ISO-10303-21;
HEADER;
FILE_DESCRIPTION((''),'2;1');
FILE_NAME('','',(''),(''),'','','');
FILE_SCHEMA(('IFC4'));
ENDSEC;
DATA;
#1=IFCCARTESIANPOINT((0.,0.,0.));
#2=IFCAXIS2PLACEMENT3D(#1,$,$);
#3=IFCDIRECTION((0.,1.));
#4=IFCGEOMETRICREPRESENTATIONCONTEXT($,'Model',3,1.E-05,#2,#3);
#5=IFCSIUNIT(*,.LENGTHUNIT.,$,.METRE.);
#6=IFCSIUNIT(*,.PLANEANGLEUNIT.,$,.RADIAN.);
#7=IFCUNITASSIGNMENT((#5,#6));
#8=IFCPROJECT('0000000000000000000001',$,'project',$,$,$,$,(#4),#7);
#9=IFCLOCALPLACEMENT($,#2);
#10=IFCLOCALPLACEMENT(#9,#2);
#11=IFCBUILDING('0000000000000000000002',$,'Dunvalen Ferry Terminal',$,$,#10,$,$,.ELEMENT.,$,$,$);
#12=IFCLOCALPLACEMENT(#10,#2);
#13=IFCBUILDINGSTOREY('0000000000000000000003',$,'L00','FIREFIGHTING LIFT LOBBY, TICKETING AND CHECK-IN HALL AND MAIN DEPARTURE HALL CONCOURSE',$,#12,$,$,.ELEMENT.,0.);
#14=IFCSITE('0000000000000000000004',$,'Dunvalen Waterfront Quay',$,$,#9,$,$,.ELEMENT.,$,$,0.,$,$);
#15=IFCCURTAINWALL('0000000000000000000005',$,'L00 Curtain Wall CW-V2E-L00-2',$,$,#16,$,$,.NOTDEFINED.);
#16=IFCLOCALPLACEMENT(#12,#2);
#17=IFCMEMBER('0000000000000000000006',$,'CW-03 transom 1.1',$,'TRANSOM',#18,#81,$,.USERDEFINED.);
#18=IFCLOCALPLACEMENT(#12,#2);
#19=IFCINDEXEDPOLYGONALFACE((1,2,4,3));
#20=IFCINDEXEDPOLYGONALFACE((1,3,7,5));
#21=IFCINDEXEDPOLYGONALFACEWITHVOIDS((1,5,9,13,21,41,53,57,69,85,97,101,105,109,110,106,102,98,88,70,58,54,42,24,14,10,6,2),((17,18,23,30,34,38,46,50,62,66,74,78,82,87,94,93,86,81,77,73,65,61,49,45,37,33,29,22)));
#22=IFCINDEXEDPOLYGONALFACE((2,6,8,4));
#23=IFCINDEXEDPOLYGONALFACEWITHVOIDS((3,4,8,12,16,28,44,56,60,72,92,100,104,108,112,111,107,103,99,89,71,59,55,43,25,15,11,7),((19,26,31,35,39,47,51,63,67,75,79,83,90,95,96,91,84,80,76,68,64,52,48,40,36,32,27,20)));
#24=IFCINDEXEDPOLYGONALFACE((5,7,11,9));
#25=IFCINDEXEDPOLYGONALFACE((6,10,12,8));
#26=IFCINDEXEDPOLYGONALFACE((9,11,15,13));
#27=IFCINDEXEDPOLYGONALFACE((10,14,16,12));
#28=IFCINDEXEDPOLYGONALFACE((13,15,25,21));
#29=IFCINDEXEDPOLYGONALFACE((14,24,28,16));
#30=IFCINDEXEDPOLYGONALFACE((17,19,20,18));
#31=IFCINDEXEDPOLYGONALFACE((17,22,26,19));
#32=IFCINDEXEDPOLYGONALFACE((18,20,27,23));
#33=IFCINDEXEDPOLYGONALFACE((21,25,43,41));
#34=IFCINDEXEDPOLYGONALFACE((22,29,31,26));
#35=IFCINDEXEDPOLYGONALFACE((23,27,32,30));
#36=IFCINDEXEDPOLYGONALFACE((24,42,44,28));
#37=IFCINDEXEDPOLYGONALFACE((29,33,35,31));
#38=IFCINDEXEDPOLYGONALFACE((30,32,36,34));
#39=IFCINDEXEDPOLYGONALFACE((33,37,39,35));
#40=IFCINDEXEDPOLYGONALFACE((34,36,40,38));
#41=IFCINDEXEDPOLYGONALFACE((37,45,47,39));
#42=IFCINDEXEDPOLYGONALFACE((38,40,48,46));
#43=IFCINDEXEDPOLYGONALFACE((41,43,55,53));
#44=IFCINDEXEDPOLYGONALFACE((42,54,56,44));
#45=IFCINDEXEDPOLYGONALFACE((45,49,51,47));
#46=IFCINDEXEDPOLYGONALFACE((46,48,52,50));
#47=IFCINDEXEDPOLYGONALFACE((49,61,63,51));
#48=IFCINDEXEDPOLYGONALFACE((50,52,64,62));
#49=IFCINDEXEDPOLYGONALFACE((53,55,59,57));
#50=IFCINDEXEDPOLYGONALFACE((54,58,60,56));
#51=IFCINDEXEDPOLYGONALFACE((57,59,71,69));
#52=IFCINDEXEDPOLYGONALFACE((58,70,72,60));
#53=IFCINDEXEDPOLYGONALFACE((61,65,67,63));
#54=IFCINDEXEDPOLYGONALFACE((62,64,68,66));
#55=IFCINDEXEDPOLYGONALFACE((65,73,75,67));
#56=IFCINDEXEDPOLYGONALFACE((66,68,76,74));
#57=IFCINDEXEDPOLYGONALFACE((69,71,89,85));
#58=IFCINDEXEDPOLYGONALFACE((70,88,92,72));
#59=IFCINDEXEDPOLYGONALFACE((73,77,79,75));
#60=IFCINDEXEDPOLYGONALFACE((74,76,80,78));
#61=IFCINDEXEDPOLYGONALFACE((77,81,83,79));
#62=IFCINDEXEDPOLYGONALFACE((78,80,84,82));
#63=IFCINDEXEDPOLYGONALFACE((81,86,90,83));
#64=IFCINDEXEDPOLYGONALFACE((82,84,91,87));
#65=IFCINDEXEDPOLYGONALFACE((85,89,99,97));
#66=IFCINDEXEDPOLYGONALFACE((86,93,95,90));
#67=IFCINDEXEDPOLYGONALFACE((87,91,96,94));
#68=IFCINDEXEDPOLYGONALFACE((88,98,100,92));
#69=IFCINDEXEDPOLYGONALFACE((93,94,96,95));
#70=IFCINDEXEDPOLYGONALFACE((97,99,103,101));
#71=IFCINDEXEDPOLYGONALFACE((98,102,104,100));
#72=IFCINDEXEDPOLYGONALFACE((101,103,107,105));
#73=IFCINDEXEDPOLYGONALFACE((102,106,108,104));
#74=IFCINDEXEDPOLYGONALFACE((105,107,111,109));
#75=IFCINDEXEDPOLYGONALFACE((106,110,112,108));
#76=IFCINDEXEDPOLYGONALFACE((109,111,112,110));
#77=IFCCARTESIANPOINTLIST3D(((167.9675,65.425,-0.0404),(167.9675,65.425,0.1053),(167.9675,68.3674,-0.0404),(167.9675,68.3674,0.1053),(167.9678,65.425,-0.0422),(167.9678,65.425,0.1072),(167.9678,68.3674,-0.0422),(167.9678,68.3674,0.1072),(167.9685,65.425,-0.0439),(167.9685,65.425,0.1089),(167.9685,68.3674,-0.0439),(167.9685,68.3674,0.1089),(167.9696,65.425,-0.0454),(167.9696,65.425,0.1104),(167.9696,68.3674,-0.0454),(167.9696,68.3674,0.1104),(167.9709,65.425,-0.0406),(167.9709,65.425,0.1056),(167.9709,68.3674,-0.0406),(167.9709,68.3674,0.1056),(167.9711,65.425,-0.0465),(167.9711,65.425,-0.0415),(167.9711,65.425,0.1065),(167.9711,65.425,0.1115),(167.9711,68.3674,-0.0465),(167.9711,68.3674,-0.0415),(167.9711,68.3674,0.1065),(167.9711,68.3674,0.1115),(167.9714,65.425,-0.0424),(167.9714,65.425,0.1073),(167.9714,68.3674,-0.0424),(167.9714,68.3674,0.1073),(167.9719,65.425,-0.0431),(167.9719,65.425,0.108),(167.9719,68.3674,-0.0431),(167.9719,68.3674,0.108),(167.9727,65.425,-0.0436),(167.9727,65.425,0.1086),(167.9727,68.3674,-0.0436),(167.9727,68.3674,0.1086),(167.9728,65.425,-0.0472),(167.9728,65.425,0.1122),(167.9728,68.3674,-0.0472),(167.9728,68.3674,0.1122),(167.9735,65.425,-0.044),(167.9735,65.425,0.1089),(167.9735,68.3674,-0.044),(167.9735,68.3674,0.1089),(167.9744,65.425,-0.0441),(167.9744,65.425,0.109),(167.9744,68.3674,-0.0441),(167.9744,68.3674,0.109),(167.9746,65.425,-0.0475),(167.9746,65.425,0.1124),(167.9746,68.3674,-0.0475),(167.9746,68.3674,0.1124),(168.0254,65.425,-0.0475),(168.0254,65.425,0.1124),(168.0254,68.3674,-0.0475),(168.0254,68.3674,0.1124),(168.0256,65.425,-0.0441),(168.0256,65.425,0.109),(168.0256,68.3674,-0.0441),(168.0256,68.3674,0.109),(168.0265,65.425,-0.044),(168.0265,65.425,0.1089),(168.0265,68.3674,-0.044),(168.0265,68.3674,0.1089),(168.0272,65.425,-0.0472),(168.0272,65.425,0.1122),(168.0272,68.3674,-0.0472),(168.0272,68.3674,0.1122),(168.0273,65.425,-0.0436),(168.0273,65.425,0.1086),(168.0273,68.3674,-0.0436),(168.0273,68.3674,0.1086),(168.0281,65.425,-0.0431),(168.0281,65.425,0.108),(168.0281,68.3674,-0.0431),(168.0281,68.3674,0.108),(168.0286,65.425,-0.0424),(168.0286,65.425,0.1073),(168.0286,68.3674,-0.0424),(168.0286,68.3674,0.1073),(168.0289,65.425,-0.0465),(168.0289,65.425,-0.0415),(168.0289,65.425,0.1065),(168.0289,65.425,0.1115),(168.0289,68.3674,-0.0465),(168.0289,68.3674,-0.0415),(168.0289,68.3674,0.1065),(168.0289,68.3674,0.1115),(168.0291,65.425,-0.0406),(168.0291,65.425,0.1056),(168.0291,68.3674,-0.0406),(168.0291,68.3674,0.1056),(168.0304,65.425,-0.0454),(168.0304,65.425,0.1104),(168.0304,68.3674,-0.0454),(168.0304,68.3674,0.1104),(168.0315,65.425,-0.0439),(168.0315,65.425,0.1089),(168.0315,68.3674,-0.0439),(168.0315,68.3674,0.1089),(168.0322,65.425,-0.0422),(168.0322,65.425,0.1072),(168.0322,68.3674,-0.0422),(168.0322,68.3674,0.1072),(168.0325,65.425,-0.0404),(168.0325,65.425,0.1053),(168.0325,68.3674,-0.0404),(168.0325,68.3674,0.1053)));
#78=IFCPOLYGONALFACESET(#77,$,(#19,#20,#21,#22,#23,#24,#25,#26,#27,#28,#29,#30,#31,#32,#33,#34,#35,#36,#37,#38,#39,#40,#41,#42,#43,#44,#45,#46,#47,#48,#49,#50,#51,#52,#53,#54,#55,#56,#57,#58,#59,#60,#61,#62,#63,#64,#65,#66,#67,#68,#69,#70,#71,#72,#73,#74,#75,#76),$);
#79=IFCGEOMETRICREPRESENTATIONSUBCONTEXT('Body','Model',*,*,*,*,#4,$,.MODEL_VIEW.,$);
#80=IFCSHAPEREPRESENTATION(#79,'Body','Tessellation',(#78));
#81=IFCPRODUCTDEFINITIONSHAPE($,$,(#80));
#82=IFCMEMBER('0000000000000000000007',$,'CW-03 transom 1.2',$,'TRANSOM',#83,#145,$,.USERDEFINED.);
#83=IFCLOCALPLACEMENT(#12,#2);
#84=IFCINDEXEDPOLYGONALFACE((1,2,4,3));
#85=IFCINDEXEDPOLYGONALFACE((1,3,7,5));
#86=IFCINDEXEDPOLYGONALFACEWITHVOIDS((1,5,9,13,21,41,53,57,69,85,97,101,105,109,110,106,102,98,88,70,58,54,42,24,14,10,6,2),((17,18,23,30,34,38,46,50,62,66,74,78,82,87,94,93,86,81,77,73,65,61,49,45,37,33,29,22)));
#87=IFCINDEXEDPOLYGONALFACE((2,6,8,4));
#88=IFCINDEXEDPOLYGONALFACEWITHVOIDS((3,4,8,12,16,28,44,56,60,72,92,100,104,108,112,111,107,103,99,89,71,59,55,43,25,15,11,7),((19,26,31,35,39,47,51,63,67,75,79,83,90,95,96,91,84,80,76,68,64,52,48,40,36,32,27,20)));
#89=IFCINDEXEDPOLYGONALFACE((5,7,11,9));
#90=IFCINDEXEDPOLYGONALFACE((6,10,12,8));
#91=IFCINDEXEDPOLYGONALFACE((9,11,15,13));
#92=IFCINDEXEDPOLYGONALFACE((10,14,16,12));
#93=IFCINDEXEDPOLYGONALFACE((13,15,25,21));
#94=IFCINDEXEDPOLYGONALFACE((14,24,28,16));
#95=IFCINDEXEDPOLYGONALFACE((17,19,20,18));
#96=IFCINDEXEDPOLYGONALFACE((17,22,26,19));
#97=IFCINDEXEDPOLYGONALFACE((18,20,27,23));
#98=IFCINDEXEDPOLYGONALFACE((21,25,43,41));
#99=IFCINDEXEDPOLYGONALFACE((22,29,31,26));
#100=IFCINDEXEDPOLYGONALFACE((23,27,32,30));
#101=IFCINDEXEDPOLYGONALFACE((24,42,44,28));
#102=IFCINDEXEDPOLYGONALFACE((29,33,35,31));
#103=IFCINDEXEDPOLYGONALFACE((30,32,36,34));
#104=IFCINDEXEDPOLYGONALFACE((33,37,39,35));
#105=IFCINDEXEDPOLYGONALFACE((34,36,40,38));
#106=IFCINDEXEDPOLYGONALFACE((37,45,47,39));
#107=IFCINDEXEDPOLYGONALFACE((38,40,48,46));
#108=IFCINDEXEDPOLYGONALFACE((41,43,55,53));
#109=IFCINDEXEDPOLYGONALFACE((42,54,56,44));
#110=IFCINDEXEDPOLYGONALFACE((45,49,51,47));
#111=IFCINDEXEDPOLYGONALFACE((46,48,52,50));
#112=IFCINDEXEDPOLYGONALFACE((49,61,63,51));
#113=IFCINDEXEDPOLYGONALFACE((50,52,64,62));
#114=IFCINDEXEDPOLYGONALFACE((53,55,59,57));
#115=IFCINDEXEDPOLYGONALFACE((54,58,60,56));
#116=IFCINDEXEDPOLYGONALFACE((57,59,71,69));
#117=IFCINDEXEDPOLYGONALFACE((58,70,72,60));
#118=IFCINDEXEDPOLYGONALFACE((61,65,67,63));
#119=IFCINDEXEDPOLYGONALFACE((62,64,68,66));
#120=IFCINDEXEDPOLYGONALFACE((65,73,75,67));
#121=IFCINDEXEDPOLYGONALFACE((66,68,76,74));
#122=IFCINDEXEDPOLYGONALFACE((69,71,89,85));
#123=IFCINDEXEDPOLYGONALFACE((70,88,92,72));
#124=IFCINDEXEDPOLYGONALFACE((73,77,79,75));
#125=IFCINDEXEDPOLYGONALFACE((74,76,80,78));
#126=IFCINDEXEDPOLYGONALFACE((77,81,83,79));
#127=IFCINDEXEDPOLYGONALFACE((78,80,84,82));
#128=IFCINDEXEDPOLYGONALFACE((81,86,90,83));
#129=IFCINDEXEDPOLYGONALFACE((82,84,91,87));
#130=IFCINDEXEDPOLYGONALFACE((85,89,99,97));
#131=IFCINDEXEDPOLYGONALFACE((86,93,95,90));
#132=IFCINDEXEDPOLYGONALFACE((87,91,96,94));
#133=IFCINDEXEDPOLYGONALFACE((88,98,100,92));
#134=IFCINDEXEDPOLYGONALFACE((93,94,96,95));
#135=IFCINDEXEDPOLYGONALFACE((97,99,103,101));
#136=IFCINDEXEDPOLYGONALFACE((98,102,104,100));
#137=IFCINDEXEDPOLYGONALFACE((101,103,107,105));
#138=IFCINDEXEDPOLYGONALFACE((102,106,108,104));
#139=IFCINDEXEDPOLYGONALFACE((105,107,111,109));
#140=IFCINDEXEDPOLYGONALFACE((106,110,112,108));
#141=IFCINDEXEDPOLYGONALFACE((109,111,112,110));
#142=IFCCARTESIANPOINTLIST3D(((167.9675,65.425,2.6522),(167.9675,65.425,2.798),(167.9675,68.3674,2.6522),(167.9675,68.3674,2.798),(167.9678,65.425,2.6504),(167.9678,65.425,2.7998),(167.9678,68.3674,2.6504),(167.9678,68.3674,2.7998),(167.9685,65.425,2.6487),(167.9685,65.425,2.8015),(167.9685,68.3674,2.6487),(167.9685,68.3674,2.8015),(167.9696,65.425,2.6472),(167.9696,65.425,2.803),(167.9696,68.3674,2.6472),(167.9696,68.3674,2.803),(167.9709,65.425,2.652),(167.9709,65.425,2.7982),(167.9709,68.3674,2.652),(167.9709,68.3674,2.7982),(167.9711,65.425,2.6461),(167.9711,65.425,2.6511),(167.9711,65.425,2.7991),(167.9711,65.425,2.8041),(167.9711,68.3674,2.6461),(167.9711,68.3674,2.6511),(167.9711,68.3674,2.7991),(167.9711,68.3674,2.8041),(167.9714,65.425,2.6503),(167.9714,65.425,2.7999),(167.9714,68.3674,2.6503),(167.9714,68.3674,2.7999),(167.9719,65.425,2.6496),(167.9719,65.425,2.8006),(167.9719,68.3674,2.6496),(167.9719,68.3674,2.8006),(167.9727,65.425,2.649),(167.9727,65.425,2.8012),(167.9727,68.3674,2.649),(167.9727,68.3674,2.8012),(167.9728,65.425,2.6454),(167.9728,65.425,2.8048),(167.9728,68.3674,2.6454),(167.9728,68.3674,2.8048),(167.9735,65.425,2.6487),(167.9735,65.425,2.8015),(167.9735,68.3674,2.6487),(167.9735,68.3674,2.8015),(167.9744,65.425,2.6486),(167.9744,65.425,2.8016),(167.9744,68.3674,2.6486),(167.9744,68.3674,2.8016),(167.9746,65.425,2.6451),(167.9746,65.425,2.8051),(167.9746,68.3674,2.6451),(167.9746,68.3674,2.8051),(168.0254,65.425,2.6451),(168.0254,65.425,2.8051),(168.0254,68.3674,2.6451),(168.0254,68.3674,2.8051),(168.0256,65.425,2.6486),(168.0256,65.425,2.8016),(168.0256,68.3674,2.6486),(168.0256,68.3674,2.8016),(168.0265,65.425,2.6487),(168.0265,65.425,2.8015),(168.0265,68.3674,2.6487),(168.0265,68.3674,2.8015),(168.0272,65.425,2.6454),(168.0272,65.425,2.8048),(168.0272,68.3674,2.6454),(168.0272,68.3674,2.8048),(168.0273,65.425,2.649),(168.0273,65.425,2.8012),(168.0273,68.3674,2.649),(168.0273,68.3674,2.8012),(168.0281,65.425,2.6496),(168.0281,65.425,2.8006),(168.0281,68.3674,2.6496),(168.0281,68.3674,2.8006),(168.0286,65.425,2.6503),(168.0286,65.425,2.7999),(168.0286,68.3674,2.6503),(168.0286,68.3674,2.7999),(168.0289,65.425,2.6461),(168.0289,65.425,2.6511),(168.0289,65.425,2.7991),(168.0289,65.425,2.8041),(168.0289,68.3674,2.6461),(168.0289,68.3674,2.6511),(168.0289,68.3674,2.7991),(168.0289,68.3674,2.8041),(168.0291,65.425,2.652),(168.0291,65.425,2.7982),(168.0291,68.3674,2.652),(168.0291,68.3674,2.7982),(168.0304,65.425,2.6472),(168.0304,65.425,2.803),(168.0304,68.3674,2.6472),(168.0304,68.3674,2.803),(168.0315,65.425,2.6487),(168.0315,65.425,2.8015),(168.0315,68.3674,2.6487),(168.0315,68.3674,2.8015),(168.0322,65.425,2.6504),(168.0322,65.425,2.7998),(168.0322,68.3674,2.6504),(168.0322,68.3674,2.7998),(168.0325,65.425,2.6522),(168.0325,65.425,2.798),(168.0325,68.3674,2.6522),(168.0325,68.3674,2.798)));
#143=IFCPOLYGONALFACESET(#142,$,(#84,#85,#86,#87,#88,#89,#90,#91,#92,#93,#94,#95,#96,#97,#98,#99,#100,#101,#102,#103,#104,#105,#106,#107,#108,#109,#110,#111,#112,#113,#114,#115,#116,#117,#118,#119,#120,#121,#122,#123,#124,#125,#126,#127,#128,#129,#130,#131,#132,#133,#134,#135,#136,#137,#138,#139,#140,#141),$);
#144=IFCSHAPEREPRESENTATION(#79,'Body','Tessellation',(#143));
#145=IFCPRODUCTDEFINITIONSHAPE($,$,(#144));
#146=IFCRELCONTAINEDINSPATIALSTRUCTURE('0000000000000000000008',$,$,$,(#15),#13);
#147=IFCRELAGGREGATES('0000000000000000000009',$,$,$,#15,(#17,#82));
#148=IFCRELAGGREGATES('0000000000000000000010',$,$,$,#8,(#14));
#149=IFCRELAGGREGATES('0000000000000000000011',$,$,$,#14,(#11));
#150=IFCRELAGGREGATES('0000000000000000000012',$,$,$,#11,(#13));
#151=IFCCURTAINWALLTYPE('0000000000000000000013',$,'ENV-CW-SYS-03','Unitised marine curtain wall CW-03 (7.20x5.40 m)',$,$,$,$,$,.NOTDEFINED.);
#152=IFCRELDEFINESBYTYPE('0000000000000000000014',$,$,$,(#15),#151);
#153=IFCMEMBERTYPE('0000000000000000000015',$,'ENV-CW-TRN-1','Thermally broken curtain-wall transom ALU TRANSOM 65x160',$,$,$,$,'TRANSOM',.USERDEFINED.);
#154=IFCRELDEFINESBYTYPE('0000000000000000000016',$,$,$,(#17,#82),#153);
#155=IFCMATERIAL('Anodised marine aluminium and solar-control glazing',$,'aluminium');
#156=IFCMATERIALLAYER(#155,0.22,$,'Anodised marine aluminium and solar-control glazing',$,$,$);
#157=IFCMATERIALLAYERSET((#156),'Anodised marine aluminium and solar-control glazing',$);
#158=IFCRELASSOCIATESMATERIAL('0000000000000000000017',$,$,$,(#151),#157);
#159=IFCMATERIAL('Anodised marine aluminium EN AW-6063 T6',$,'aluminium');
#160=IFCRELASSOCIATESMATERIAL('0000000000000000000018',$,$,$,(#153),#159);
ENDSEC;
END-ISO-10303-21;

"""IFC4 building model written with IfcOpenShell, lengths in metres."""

from ifc_helpers import new_model, si_unit, direction, frame, origin, origin_2d, place, context, subcontext, project, spatial, hollow_rectangle, extrude, material, layer, layer_set, material_profile, profile_set, type_object, element, aggregate, save


model = new_model("IFC4")

# Units and contexts
model_context = context("Model", 3, precision=1e-05, world=origin(), true_north=direction((0.0, 1.0)))
body_context = subcontext(model_context, "Body", "Model", "MODEL_VIEW")
ifc_project = project(units=[si_unit("LENGTHUNIT", "METRE"), si_unit("PLANEANGLEUNIT", "RADIAN")], contexts=[model_context])

# Site, building, storey
site_placement = place(None, origin())
site = spatial("IfcSite", under=ifc_project, at=site_placement, Name="Dunvalen Waterfront Quay", CompositionType="ELEMENT", RefElevation=0.0)
building_placement = place(site_placement, origin())
building = spatial("IfcBuilding", under=site, at=building_placement, Name="Dunvalen Ferry Terminal", CompositionType="ELEMENT")
storey_placement = place(building_placement, origin())
storey = spatial("IfcBuildingStorey", under=building, at=storey_placement, Name="L00", Description="FIREFIGHTING LIFT LOBBY, TICKETING AND CHECK-IN HALL AND MAIN DEPARTURE HALL CONCOURSE", CompositionType="ELEMENT", Elevation=0.0)

# Curtain wall
ifc_material_1 = material(Name="Anodised marine aluminium and solar-control glazing", Category="aluminium")
ifc_layer_1 = layer(ifc_material_1, 0.22, Name="Anodised marine aluminium and solar-control glazing")
ifc_layer_set_1 = layer_set([ifc_layer_1], Name="Anodised marine aluminium and solar-control glazing")
curtain_wall_type = type_object("IfcCurtainWallType", Name="ENV-CW-SYS-03", Description="Unitised marine curtain wall CW-03 (7.20x5.40 m)", PredefinedType="NOTDEFINED", material=ifc_layer_set_1)
curtain_wall_1_placement = place(storey_placement, origin())
curtain_wall_1 = element("IfcCurtainWall", 1, at=curtain_wall_1_placement, inside=storey, type_object=curtain_wall_type, Name="L00 Curtain Wall CW-V2E-L00-2", PredefinedType="NOTDEFINED")
ifc_material_2 = material(Name="Anodised marine aluminium EN AW-6063 T6", Category="aluminium")

# Members
ifc_material_profile_1 = material_profile(ifc_material_2, hollow_rectangle(XDim=0.0649, YDim=0.1599, WallThickness=0.0034, InnerFilletRadius=0.0034, OuterFilletRadius=0.0071, at=origin_2d()), Name="Anodised marine aluminium EN AW-6063 T6")
ifc_profile_set_1 = profile_set([ifc_material_profile_1], Name="Anodised marine aluminium EN AW-6063 T6")
member_type_1 = type_object("IfcMemberType", Name="ENV-CW-TRN-1", Description="Thermally broken curtain-wall transom ALU TRANSOM 65x160", ElementType="TRANSOM", PredefinedType="USERDEFINED", material=ifc_profile_set_1)
member_1_placement = place(storey_placement, frame((168.0, 65.425, 0.0325), z_axis=(0.0, 1.0, 0.0), x_axis=(-1.0, 0.0, 0.0)))
member_1 = element("IfcMember", 2, at=member_1_placement, type_object=member_type_1, Name="CW-03 transom 1.1", ObjectType="TRANSOM", PredefinedType="USERDEFINED", context=body_context, shape_type="SweptSolid", body=[
    extrude(hollow_rectangle(XDim=0.0649, YDim=0.1599, WallThickness=0.0034, InnerFilletRadius=0.0034, OuterFilletRadius=0.0071, at=origin_2d()), origin(), (0.0, 0.0, 1.0), 2.9424),
])
member_2_placement = place(storey_placement, frame((168.0, 65.425, 2.7251), z_axis=(0.0, 1.0, 0.0), x_axis=(-1.0, 0.0, 0.0)))
member_2 = element("IfcMember", 3, at=member_2_placement, type_object=member_type_1, Name="CW-03 transom 1.2", ObjectType="TRANSOM", PredefinedType="USERDEFINED", context=body_context, shape_type="SweptSolid", body=[
    extrude(hollow_rectangle(XDim=0.0649, YDim=0.1599, WallThickness=0.0034, InnerFilletRadius=0.0034, OuterFilletRadius=0.0071, at=origin_2d()), origin(), (0.0, 0.0, 1.0), 2.9424),
])

aggregate(curtain_wall_1, [member_1, member_2])

save(model, "model.ifc")
